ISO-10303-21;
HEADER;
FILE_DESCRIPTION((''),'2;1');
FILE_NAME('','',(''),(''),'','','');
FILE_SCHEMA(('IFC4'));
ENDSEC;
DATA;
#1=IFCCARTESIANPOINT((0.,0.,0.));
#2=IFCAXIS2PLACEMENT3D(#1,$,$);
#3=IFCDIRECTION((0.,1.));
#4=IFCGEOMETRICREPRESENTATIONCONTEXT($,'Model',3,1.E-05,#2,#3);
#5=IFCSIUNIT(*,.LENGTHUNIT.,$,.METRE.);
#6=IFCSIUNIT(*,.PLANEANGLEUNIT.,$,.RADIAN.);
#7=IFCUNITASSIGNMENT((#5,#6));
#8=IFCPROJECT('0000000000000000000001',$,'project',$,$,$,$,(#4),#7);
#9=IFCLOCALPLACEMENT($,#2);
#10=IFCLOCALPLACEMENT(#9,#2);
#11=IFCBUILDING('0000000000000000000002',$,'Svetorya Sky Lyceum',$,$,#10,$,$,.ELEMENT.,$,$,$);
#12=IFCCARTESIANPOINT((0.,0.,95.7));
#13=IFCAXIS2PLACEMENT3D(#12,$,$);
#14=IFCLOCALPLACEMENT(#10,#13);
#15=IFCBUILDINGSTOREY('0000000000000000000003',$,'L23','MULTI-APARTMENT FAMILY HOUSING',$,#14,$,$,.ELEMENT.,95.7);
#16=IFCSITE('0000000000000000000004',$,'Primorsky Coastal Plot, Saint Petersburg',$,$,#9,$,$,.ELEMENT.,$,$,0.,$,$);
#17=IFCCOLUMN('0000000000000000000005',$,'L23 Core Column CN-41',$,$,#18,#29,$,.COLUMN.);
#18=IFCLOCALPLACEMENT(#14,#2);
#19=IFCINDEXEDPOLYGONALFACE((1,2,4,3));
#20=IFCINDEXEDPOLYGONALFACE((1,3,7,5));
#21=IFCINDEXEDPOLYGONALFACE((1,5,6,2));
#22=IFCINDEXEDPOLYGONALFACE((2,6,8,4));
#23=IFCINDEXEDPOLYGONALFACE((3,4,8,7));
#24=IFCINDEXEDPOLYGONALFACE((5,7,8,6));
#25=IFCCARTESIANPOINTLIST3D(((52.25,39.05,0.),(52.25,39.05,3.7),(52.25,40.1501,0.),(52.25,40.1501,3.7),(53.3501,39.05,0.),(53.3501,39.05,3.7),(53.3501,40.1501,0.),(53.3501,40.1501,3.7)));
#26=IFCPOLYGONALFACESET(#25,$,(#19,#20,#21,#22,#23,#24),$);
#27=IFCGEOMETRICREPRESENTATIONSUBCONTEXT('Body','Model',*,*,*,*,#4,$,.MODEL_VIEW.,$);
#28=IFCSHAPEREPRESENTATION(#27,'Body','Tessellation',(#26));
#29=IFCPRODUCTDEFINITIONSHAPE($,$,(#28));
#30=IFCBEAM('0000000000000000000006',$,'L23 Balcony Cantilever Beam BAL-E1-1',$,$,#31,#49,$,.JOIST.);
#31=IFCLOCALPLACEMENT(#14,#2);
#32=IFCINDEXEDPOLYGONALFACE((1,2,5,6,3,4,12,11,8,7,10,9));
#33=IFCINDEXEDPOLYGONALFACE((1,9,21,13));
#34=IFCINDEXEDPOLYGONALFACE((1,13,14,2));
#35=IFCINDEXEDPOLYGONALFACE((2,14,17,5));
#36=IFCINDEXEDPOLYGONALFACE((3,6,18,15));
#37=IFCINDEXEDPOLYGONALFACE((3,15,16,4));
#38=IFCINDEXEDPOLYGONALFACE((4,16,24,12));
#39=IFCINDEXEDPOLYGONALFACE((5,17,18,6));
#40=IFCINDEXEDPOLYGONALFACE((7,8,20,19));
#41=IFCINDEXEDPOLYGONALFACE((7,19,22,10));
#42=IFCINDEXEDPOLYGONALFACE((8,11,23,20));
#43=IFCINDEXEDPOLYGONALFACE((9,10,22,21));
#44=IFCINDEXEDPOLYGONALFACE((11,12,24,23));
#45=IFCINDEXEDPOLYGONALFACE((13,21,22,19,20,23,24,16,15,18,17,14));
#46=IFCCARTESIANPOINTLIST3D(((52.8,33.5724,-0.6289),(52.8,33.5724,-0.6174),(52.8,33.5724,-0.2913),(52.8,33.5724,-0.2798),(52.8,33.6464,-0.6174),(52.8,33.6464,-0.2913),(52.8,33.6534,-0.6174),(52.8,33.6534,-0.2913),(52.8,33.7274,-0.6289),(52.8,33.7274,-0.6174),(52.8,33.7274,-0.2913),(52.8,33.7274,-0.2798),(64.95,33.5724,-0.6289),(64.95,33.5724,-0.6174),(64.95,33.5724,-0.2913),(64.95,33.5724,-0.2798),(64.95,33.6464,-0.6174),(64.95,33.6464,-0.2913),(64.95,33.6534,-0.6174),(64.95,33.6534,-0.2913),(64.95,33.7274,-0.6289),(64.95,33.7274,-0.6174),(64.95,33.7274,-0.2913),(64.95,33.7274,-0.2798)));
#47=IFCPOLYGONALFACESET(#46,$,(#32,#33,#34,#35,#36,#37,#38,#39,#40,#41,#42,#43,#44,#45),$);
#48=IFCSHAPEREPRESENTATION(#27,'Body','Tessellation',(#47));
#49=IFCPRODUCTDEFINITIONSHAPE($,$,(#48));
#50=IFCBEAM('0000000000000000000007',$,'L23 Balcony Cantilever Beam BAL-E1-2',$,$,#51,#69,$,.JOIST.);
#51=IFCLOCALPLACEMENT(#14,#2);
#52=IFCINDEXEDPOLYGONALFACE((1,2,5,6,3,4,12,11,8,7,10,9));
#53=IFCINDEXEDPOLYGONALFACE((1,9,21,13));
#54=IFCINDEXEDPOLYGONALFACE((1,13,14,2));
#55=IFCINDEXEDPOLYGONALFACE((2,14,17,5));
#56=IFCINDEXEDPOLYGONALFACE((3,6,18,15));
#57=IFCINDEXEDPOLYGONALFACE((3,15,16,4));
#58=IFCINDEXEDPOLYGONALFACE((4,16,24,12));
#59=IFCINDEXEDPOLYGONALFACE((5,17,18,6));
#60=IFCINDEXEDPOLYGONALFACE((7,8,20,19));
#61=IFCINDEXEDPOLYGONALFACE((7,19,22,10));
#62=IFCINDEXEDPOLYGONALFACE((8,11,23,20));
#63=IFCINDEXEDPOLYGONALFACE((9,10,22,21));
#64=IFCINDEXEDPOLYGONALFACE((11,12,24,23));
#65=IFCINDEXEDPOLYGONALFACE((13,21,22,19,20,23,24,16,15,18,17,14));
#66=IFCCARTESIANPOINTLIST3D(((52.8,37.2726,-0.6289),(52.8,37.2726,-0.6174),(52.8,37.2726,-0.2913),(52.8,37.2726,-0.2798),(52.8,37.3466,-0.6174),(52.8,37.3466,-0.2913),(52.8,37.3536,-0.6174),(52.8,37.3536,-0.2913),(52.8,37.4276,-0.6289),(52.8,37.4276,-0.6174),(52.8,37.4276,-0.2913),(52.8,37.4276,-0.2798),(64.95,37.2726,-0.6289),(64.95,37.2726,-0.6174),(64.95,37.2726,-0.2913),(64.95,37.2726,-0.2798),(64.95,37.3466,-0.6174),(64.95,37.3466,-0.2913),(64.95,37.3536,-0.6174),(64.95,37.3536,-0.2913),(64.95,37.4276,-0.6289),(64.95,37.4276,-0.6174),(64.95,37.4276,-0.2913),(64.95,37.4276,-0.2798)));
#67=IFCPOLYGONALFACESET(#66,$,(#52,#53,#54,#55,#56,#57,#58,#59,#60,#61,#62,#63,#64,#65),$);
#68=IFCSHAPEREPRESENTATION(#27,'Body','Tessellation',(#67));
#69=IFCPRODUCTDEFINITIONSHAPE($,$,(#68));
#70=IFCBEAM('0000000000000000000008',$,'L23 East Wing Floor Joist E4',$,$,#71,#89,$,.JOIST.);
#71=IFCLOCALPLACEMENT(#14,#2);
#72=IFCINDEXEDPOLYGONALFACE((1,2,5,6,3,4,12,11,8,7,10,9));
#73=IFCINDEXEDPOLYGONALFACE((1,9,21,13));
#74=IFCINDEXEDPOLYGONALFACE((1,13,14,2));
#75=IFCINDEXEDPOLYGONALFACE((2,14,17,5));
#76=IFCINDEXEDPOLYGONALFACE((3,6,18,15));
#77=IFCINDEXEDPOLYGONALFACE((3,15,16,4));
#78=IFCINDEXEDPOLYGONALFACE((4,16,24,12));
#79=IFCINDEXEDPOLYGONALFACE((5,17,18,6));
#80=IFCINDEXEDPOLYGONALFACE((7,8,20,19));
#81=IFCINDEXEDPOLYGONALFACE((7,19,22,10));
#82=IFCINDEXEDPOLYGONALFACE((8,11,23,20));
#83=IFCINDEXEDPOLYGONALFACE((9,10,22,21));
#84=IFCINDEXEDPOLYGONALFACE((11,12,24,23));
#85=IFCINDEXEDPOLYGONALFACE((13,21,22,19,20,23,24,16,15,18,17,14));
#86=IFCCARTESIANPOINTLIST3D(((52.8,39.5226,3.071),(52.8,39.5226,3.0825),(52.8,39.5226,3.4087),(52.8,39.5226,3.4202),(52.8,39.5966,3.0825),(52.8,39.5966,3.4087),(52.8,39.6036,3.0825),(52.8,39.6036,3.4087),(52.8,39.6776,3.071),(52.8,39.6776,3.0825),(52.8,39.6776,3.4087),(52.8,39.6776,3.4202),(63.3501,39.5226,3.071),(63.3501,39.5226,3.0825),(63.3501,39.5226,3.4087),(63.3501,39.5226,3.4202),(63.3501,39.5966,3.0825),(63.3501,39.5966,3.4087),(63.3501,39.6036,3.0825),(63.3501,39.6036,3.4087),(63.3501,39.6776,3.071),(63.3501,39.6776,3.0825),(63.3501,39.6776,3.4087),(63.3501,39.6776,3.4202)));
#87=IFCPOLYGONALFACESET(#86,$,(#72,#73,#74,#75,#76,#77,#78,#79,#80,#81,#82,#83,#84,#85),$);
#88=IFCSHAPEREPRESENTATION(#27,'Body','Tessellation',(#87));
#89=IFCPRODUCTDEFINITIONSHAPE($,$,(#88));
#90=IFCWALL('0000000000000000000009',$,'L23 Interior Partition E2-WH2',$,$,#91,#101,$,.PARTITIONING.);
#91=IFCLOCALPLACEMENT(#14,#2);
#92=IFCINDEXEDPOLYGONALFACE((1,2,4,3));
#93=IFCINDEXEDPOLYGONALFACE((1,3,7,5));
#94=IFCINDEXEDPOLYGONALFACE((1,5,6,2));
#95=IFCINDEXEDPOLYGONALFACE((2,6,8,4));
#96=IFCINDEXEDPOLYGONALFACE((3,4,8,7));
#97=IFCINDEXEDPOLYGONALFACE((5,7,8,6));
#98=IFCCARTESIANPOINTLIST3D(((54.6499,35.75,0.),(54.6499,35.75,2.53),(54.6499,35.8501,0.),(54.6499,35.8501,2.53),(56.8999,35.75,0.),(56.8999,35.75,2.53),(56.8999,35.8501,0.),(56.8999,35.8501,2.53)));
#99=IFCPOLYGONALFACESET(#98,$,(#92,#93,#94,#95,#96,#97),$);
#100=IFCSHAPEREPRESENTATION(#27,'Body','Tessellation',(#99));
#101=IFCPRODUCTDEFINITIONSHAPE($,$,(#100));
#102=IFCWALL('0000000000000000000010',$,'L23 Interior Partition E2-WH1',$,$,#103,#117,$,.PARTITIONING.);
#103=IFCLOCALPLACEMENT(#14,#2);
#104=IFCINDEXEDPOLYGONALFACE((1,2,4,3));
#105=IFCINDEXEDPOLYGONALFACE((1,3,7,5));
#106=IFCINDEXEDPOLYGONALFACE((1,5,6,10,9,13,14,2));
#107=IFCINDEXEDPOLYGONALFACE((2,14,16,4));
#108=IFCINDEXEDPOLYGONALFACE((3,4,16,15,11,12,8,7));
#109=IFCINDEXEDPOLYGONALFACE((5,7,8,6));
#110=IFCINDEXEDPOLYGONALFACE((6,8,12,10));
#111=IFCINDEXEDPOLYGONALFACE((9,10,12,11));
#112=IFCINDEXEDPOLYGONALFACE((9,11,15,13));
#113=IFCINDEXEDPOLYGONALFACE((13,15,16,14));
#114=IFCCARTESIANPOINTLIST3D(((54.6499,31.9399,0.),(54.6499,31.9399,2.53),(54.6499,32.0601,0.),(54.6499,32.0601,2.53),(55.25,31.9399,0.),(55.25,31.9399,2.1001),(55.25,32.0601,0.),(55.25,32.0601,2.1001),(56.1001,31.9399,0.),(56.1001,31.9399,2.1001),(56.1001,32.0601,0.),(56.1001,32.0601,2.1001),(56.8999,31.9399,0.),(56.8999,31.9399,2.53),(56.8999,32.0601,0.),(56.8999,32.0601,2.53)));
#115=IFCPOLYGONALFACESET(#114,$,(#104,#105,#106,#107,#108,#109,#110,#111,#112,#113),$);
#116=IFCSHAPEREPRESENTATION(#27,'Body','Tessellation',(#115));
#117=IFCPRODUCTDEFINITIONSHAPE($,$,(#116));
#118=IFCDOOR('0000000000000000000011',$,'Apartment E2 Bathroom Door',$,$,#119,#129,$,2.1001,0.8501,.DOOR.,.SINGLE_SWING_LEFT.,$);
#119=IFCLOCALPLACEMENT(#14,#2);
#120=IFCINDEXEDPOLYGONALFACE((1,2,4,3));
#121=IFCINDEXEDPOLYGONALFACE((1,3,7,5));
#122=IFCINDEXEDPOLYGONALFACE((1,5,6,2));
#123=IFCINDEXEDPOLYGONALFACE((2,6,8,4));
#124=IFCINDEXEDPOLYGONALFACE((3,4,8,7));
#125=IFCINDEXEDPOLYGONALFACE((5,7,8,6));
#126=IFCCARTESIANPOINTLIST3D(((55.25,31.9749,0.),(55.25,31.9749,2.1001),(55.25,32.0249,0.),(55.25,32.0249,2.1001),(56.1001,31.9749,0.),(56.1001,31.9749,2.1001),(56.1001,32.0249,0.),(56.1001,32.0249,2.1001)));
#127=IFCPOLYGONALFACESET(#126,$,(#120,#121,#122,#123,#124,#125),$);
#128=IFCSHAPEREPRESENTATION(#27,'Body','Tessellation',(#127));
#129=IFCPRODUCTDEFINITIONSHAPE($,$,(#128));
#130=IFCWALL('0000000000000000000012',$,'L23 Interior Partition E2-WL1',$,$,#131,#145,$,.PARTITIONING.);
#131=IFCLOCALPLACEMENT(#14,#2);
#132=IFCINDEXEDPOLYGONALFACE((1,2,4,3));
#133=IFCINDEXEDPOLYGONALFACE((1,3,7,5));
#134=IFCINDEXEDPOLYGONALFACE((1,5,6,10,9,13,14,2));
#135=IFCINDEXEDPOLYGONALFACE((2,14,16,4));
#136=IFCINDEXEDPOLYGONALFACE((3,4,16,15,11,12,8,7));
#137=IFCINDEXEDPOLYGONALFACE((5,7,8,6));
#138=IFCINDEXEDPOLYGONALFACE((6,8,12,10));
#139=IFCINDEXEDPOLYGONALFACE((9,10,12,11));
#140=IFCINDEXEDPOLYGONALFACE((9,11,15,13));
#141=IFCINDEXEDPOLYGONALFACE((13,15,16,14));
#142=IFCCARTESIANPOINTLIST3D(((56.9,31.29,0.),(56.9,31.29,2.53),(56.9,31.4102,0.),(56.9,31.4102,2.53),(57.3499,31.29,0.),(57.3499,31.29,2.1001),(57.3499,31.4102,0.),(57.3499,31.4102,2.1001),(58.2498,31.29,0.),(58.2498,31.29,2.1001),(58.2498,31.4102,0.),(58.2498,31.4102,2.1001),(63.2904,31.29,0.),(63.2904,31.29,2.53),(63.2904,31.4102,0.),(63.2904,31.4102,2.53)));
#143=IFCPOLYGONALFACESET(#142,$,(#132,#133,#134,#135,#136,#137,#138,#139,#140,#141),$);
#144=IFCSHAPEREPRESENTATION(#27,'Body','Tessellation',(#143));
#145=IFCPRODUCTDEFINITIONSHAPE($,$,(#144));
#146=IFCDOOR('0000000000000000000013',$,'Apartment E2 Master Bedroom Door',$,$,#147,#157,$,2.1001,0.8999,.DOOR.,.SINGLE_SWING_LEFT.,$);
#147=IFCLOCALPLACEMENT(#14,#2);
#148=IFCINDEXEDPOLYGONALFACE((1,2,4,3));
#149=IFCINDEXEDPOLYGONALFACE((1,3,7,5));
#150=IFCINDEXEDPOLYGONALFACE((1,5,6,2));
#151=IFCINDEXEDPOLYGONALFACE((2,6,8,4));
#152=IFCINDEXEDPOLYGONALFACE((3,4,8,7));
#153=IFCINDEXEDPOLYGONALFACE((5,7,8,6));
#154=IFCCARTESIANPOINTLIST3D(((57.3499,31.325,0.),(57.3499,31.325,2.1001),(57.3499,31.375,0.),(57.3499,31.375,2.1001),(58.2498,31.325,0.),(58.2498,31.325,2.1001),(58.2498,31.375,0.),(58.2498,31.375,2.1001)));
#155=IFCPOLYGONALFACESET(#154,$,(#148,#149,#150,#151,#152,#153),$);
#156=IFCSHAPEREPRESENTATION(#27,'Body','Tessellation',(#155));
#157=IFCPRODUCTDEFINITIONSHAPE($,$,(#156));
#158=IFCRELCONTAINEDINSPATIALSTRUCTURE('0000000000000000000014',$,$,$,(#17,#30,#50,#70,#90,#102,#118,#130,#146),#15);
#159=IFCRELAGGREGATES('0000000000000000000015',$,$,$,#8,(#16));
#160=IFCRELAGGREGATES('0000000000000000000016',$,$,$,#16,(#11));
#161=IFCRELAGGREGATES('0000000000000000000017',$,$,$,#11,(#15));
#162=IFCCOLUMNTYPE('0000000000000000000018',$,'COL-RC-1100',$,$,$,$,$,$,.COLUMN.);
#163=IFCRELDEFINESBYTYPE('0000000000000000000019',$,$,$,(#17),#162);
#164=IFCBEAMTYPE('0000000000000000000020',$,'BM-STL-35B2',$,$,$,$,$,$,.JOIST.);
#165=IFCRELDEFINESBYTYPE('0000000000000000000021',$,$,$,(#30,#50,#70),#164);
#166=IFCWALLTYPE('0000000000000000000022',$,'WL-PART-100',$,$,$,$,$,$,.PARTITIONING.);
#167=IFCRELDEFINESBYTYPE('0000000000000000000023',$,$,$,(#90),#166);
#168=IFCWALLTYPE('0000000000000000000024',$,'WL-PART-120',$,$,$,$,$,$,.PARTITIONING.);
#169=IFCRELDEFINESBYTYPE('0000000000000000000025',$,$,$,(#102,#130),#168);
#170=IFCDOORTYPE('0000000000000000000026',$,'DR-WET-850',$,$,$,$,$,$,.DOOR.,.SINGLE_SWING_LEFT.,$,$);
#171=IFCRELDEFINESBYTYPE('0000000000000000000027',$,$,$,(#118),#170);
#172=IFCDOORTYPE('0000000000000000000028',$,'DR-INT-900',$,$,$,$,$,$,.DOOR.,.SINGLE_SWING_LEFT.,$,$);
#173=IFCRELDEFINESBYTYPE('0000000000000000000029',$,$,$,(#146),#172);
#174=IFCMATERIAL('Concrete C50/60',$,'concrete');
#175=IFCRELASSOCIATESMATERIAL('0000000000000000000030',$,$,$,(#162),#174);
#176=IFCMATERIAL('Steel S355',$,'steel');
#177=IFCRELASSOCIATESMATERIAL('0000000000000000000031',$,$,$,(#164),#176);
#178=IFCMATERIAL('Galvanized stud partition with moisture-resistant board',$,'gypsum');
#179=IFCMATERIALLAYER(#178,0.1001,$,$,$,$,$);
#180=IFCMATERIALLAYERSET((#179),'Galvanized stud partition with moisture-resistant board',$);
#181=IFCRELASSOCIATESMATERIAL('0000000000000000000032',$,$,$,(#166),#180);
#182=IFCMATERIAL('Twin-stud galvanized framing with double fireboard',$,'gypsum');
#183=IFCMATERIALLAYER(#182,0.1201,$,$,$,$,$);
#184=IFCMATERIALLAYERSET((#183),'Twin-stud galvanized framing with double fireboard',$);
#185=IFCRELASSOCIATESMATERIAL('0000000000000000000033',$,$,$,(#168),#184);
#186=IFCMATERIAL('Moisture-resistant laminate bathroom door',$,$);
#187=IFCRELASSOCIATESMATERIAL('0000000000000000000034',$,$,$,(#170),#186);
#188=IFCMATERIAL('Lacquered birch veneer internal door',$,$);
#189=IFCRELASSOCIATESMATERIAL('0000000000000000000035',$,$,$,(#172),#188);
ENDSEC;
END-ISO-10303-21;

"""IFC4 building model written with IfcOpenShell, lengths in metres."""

from ifc_helpers import new_model, si_unit, direction, frame, frame_2d, origin, origin_2d, place, context, subcontext, project, spatial, rectangle, i_section, extrude, material, layer, layer_set, material_profile, profile_set, type_object, element, fill, save


model = new_model("IFC4")

# Units and contexts
model_context = context("Model", 3, precision=1e-05, world=origin(), true_north=direction((0.0, 1.0)))
body_context = subcontext(model_context, "Body", "Model", "MODEL_VIEW")
ifc_project = project(units=[si_unit("LENGTHUNIT", "METRE"), si_unit("PLANEANGLEUNIT", "RADIAN")], contexts=[model_context])

# Site, building, storey
site_placement = place(None, origin())
site = spatial("IfcSite", under=ifc_project, at=site_placement, Name="Primorsky Coastal Plot, Saint Petersburg", CompositionType="ELEMENT", RefElevation=0.0)
building_placement = place(site_placement, origin())
building = spatial("IfcBuilding", under=site, at=building_placement, Name="Svetorya Sky Lyceum", CompositionType="ELEMENT")
storey_placement = place(building_placement, frame((0.0, 0.0, 95.7)))
storey = spatial("IfcBuildingStorey", under=building, at=storey_placement, Name="L23", Description="MULTI-APARTMENT FAMILY HOUSING", CompositionType="ELEMENT", Elevation=95.7)

# Column
ifc_material_1 = material(Name="Concrete C50/60", Category="concrete")
ifc_material_profile_1 = material_profile(ifc_material_1, rectangle(XDim=1.1001, YDim=1.1001, at=origin_2d()), Name="RC COL 1100x1100")
ifc_profile_set_1 = profile_set([ifc_material_profile_1], Name="Concrete C50/60")
column_type = type_object("IfcColumnType", Name="COL-RC-1100", PredefinedType="COLUMN", material=ifc_profile_set_1)
column_placement = place(storey_placement, frame((52.8, 39.6001, 0.0), z_axis=(0.0, 0.0, 1.0), x_axis=(1.0, 0.0, 0.0)))
element("IfcColumn", 1, at=column_placement, inside=storey, type_object=column_type, Name="L23 Core Column CN-41", PredefinedType="COLUMN", context=body_context, shape_type="SweptSolid", body=[
    extrude(rectangle(XDim=1.1001, YDim=1.1001, at=origin_2d()), origin(), (0.0, 0.0, 1.0), 3.7),
])

# Beams
ifc_material_2 = material(Name="Steel S355", Category="steel")
ifc_material_profile_2 = material_profile(ifc_material_2, i_section(OverallWidth=0.155, OverallDepth=0.3491, WebThickness=0.0071, FlangeThickness=0.0115, at=origin_2d()), Name="GOST 35B2")
ifc_profile_set_2 = profile_set([ifc_material_profile_2], Name="Steel S355")
beam_type = type_object("IfcBeamType", Name="BM-STL-35B2", PredefinedType="JOIST", material=ifc_profile_set_2)
for number, where, z_axis, x_axis, name in (
    (2, (52.8, 33.6499, -0.4543), (1.0, 0.0, 0.0), (0.0, 1.0, 0.0), "L23 Balcony Cantilever Beam BAL-E1-1"),
    (3, (52.8, 37.3501, -0.4543), (1.0, 0.0, 0.0), (0.0, 1.0, 0.0), "L23 Balcony Cantilever Beam BAL-E1-2"),
):
    element("IfcBeam", number, at=place(storey_placement, frame(where, z_axis=z_axis, x_axis=x_axis)), inside=storey, type_object=beam_type, Name=name, PredefinedType="JOIST", context=body_context, shape_type="SweptSolid", body=[
        extrude(i_section(OverallWidth=0.155, OverallDepth=0.3491, WebThickness=0.0071, FlangeThickness=0.0115, at=origin_2d()), origin(), (0.0, 0.0, 1.0), 12.1499),
    ])
beam_placement = place(storey_placement, frame((52.8, 39.6001, 3.2456), z_axis=(1.0, 0.0, 0.0), x_axis=(0.0, 1.0, 0.0)))
element("IfcBeam", 4, at=beam_placement, inside=storey, type_object=beam_type, Name="L23 East Wing Floor Joist E4", PredefinedType="JOIST", context=body_context, shape_type="SweptSolid", body=[
    extrude(i_section(OverallWidth=0.155, OverallDepth=0.3491, WebThickness=0.0071, FlangeThickness=0.0115, at=origin_2d()), origin(), (0.0, 0.0, 1.0), 10.55),
])

# Wall
ifc_material_3 = material(Name="Galvanized stud partition with moisture-resistant board", Category="gypsum")
ifc_layer_1 = layer(ifc_material_3, 0.1001)
ifc_layer_set_1 = layer_set([ifc_layer_1], Name="Galvanized stud partition with moisture-resistant board")
wall_type_1 = type_object("IfcWallType", Name="WL-PART-100", PredefinedType="PARTITIONING", material=ifc_layer_set_1)
wall_1_placement = place(storey_placement, frame((54.6499, 35.8, 0.0), z_axis=(0.0, 0.0, 1.0), x_axis=(1.0, 0.0, 0.0)))
element("IfcWall", 5, at=wall_1_placement, inside=storey, type_object=wall_type_1, Name="L23 Interior Partition E2-WH2", PredefinedType="PARTITIONING", context=body_context, shape_type="SweptSolid", body=[
    extrude(rectangle(XDim=2.25, YDim=0.1001, at=frame_2d((1.125, 0.0))), origin(), (0.0, 0.0, 1.0), 2.53),
])

# Walls, openings, doors
ifc_material_4 = material(Name="Twin-stud galvanized framing with double fireboard", Category="gypsum")
ifc_layer_2 = layer(ifc_material_4, 0.1201)
ifc_layer_set_2 = layer_set([ifc_layer_2], Name="Twin-stud galvanized framing with double fireboard")
wall_type_2 = type_object("IfcWallType", Name="WL-PART-120", PredefinedType="PARTITIONING", material=ifc_layer_set_2)
wall_2_placement = place(storey_placement, frame((54.6499, 32.0, 0.0), z_axis=(0.0, 0.0, 1.0), x_axis=(1.0, 0.0, 0.0)))
wall_2 = element("IfcWall", 6, at=wall_2_placement, inside=storey, type_object=wall_type_2, Name="L23 Interior Partition E2-WH1", PredefinedType="PARTITIONING", context=body_context, shape_type="SweptSolid", body=[
    extrude(rectangle(XDim=2.25, YDim=0.1201, at=frame_2d((1.125, 0.0))), origin(), (0.0, 0.0, 1.0), 2.53),
])
opening_1_placement = place(wall_2_placement, frame((0.6001, 0.0, 0.0)))
opening_1 = element("IfcOpeningElement", 7, at=opening_1_placement, cuts=wall_2, PredefinedType="OPENING", context=body_context, shape_type="SweptSolid", body=[
    extrude(rectangle(XDim=0.8501, YDim=2.1001, at=frame_2d((0.425, 1.05))), frame((0.0, 0.0701, 0.0), z_axis=(0.0, -1.0, 0.0), x_axis=(1.0, 0.0, 0.0)), (0.0, 0.0, 1.0), 0.1401),
])
ifc_material_5 = material(Name="Moisture-resistant laminate bathroom door")
door_type_1 = type_object("IfcDoorType", Name="DR-WET-850", OperationType="SINGLE_SWING_LEFT", PredefinedType="DOOR", material=ifc_material_5)
door_1_placement = place(opening_1_placement, origin())
door_1 = element("IfcDoor", 8, at=door_1_placement, inside=storey, type_object=door_type_1, Name="Apartment E2 Bathroom Door", OperationType="SINGLE_SWING_LEFT", OverallHeight=2.1001, OverallWidth=0.8501, PredefinedType="DOOR", context=body_context, shape_type="SweptSolid", body=[
    extrude(rectangle(XDim=0.8501, YDim=2.1001, at=frame_2d((0.425, 1.05))), frame((0.0, 0.0249, 0.0), z_axis=(0.0, -1.0, 0.0), x_axis=(1.0, 0.0, 0.0)), (0.0, 0.0, 1.0), 0.05),
])
fill(opening_1, door_1)
wall_3_placement = place(storey_placement, frame((56.8999, 31.3501, 0.0), z_axis=(0.0, 0.0, 1.0), x_axis=(1.0, 0.0, 0.0)))
wall_3 = element("IfcWall", 9, at=wall_3_placement, inside=storey, type_object=wall_type_2, Name="L23 Interior Partition E2-WL1", PredefinedType="PARTITIONING", context=body_context, shape_type="SweptSolid", body=[
    extrude(rectangle(XDim=6.3904, YDim=0.1201, at=frame_2d((3.1953, 0.0))), origin(), (0.0, 0.0, 1.0), 2.53),
])
opening_2_placement = place(wall_3_placement, frame((0.45, 0.0, 0.0)))
opening_2 = element("IfcOpeningElement", 10, at=opening_2_placement, cuts=wall_3, PredefinedType="OPENING", context=body_context, shape_type="SweptSolid", body=[
    extrude(rectangle(XDim=0.8999, YDim=2.1001, at=frame_2d((0.45, 1.05))), frame((0.0, 0.0701, 0.0), z_axis=(0.0, -1.0, 0.0), x_axis=(1.0, 0.0, 0.0)), (0.0, 0.0, 1.0), 0.1401),
])
ifc_material_6 = material(Name="Lacquered birch veneer internal door")
door_type_2 = type_object("IfcDoorType", Name="DR-INT-900", OperationType="SINGLE_SWING_LEFT", PredefinedType="DOOR", material=ifc_material_6)
door_2_placement = place(opening_2_placement, origin())
door_2 = element("IfcDoor", 11, at=door_2_placement, inside=storey, type_object=door_type_2, Name="Apartment E2 Master Bedroom Door", OperationType="SINGLE_SWING_LEFT", OverallHeight=2.1001, OverallWidth=0.8999, PredefinedType="DOOR", context=body_context, shape_type="SweptSolid", body=[
    extrude(rectangle(XDim=0.8999, YDim=2.1001, at=frame_2d((0.45, 1.05))), frame((0.0, 0.0249, 0.0), z_axis=(0.0, -1.0, 0.0), x_axis=(1.0, 0.0, 0.0)), (0.0, 0.0, 1.0), 0.05),
])
fill(opening_2, door_2)

save(model, "model.ifc")
